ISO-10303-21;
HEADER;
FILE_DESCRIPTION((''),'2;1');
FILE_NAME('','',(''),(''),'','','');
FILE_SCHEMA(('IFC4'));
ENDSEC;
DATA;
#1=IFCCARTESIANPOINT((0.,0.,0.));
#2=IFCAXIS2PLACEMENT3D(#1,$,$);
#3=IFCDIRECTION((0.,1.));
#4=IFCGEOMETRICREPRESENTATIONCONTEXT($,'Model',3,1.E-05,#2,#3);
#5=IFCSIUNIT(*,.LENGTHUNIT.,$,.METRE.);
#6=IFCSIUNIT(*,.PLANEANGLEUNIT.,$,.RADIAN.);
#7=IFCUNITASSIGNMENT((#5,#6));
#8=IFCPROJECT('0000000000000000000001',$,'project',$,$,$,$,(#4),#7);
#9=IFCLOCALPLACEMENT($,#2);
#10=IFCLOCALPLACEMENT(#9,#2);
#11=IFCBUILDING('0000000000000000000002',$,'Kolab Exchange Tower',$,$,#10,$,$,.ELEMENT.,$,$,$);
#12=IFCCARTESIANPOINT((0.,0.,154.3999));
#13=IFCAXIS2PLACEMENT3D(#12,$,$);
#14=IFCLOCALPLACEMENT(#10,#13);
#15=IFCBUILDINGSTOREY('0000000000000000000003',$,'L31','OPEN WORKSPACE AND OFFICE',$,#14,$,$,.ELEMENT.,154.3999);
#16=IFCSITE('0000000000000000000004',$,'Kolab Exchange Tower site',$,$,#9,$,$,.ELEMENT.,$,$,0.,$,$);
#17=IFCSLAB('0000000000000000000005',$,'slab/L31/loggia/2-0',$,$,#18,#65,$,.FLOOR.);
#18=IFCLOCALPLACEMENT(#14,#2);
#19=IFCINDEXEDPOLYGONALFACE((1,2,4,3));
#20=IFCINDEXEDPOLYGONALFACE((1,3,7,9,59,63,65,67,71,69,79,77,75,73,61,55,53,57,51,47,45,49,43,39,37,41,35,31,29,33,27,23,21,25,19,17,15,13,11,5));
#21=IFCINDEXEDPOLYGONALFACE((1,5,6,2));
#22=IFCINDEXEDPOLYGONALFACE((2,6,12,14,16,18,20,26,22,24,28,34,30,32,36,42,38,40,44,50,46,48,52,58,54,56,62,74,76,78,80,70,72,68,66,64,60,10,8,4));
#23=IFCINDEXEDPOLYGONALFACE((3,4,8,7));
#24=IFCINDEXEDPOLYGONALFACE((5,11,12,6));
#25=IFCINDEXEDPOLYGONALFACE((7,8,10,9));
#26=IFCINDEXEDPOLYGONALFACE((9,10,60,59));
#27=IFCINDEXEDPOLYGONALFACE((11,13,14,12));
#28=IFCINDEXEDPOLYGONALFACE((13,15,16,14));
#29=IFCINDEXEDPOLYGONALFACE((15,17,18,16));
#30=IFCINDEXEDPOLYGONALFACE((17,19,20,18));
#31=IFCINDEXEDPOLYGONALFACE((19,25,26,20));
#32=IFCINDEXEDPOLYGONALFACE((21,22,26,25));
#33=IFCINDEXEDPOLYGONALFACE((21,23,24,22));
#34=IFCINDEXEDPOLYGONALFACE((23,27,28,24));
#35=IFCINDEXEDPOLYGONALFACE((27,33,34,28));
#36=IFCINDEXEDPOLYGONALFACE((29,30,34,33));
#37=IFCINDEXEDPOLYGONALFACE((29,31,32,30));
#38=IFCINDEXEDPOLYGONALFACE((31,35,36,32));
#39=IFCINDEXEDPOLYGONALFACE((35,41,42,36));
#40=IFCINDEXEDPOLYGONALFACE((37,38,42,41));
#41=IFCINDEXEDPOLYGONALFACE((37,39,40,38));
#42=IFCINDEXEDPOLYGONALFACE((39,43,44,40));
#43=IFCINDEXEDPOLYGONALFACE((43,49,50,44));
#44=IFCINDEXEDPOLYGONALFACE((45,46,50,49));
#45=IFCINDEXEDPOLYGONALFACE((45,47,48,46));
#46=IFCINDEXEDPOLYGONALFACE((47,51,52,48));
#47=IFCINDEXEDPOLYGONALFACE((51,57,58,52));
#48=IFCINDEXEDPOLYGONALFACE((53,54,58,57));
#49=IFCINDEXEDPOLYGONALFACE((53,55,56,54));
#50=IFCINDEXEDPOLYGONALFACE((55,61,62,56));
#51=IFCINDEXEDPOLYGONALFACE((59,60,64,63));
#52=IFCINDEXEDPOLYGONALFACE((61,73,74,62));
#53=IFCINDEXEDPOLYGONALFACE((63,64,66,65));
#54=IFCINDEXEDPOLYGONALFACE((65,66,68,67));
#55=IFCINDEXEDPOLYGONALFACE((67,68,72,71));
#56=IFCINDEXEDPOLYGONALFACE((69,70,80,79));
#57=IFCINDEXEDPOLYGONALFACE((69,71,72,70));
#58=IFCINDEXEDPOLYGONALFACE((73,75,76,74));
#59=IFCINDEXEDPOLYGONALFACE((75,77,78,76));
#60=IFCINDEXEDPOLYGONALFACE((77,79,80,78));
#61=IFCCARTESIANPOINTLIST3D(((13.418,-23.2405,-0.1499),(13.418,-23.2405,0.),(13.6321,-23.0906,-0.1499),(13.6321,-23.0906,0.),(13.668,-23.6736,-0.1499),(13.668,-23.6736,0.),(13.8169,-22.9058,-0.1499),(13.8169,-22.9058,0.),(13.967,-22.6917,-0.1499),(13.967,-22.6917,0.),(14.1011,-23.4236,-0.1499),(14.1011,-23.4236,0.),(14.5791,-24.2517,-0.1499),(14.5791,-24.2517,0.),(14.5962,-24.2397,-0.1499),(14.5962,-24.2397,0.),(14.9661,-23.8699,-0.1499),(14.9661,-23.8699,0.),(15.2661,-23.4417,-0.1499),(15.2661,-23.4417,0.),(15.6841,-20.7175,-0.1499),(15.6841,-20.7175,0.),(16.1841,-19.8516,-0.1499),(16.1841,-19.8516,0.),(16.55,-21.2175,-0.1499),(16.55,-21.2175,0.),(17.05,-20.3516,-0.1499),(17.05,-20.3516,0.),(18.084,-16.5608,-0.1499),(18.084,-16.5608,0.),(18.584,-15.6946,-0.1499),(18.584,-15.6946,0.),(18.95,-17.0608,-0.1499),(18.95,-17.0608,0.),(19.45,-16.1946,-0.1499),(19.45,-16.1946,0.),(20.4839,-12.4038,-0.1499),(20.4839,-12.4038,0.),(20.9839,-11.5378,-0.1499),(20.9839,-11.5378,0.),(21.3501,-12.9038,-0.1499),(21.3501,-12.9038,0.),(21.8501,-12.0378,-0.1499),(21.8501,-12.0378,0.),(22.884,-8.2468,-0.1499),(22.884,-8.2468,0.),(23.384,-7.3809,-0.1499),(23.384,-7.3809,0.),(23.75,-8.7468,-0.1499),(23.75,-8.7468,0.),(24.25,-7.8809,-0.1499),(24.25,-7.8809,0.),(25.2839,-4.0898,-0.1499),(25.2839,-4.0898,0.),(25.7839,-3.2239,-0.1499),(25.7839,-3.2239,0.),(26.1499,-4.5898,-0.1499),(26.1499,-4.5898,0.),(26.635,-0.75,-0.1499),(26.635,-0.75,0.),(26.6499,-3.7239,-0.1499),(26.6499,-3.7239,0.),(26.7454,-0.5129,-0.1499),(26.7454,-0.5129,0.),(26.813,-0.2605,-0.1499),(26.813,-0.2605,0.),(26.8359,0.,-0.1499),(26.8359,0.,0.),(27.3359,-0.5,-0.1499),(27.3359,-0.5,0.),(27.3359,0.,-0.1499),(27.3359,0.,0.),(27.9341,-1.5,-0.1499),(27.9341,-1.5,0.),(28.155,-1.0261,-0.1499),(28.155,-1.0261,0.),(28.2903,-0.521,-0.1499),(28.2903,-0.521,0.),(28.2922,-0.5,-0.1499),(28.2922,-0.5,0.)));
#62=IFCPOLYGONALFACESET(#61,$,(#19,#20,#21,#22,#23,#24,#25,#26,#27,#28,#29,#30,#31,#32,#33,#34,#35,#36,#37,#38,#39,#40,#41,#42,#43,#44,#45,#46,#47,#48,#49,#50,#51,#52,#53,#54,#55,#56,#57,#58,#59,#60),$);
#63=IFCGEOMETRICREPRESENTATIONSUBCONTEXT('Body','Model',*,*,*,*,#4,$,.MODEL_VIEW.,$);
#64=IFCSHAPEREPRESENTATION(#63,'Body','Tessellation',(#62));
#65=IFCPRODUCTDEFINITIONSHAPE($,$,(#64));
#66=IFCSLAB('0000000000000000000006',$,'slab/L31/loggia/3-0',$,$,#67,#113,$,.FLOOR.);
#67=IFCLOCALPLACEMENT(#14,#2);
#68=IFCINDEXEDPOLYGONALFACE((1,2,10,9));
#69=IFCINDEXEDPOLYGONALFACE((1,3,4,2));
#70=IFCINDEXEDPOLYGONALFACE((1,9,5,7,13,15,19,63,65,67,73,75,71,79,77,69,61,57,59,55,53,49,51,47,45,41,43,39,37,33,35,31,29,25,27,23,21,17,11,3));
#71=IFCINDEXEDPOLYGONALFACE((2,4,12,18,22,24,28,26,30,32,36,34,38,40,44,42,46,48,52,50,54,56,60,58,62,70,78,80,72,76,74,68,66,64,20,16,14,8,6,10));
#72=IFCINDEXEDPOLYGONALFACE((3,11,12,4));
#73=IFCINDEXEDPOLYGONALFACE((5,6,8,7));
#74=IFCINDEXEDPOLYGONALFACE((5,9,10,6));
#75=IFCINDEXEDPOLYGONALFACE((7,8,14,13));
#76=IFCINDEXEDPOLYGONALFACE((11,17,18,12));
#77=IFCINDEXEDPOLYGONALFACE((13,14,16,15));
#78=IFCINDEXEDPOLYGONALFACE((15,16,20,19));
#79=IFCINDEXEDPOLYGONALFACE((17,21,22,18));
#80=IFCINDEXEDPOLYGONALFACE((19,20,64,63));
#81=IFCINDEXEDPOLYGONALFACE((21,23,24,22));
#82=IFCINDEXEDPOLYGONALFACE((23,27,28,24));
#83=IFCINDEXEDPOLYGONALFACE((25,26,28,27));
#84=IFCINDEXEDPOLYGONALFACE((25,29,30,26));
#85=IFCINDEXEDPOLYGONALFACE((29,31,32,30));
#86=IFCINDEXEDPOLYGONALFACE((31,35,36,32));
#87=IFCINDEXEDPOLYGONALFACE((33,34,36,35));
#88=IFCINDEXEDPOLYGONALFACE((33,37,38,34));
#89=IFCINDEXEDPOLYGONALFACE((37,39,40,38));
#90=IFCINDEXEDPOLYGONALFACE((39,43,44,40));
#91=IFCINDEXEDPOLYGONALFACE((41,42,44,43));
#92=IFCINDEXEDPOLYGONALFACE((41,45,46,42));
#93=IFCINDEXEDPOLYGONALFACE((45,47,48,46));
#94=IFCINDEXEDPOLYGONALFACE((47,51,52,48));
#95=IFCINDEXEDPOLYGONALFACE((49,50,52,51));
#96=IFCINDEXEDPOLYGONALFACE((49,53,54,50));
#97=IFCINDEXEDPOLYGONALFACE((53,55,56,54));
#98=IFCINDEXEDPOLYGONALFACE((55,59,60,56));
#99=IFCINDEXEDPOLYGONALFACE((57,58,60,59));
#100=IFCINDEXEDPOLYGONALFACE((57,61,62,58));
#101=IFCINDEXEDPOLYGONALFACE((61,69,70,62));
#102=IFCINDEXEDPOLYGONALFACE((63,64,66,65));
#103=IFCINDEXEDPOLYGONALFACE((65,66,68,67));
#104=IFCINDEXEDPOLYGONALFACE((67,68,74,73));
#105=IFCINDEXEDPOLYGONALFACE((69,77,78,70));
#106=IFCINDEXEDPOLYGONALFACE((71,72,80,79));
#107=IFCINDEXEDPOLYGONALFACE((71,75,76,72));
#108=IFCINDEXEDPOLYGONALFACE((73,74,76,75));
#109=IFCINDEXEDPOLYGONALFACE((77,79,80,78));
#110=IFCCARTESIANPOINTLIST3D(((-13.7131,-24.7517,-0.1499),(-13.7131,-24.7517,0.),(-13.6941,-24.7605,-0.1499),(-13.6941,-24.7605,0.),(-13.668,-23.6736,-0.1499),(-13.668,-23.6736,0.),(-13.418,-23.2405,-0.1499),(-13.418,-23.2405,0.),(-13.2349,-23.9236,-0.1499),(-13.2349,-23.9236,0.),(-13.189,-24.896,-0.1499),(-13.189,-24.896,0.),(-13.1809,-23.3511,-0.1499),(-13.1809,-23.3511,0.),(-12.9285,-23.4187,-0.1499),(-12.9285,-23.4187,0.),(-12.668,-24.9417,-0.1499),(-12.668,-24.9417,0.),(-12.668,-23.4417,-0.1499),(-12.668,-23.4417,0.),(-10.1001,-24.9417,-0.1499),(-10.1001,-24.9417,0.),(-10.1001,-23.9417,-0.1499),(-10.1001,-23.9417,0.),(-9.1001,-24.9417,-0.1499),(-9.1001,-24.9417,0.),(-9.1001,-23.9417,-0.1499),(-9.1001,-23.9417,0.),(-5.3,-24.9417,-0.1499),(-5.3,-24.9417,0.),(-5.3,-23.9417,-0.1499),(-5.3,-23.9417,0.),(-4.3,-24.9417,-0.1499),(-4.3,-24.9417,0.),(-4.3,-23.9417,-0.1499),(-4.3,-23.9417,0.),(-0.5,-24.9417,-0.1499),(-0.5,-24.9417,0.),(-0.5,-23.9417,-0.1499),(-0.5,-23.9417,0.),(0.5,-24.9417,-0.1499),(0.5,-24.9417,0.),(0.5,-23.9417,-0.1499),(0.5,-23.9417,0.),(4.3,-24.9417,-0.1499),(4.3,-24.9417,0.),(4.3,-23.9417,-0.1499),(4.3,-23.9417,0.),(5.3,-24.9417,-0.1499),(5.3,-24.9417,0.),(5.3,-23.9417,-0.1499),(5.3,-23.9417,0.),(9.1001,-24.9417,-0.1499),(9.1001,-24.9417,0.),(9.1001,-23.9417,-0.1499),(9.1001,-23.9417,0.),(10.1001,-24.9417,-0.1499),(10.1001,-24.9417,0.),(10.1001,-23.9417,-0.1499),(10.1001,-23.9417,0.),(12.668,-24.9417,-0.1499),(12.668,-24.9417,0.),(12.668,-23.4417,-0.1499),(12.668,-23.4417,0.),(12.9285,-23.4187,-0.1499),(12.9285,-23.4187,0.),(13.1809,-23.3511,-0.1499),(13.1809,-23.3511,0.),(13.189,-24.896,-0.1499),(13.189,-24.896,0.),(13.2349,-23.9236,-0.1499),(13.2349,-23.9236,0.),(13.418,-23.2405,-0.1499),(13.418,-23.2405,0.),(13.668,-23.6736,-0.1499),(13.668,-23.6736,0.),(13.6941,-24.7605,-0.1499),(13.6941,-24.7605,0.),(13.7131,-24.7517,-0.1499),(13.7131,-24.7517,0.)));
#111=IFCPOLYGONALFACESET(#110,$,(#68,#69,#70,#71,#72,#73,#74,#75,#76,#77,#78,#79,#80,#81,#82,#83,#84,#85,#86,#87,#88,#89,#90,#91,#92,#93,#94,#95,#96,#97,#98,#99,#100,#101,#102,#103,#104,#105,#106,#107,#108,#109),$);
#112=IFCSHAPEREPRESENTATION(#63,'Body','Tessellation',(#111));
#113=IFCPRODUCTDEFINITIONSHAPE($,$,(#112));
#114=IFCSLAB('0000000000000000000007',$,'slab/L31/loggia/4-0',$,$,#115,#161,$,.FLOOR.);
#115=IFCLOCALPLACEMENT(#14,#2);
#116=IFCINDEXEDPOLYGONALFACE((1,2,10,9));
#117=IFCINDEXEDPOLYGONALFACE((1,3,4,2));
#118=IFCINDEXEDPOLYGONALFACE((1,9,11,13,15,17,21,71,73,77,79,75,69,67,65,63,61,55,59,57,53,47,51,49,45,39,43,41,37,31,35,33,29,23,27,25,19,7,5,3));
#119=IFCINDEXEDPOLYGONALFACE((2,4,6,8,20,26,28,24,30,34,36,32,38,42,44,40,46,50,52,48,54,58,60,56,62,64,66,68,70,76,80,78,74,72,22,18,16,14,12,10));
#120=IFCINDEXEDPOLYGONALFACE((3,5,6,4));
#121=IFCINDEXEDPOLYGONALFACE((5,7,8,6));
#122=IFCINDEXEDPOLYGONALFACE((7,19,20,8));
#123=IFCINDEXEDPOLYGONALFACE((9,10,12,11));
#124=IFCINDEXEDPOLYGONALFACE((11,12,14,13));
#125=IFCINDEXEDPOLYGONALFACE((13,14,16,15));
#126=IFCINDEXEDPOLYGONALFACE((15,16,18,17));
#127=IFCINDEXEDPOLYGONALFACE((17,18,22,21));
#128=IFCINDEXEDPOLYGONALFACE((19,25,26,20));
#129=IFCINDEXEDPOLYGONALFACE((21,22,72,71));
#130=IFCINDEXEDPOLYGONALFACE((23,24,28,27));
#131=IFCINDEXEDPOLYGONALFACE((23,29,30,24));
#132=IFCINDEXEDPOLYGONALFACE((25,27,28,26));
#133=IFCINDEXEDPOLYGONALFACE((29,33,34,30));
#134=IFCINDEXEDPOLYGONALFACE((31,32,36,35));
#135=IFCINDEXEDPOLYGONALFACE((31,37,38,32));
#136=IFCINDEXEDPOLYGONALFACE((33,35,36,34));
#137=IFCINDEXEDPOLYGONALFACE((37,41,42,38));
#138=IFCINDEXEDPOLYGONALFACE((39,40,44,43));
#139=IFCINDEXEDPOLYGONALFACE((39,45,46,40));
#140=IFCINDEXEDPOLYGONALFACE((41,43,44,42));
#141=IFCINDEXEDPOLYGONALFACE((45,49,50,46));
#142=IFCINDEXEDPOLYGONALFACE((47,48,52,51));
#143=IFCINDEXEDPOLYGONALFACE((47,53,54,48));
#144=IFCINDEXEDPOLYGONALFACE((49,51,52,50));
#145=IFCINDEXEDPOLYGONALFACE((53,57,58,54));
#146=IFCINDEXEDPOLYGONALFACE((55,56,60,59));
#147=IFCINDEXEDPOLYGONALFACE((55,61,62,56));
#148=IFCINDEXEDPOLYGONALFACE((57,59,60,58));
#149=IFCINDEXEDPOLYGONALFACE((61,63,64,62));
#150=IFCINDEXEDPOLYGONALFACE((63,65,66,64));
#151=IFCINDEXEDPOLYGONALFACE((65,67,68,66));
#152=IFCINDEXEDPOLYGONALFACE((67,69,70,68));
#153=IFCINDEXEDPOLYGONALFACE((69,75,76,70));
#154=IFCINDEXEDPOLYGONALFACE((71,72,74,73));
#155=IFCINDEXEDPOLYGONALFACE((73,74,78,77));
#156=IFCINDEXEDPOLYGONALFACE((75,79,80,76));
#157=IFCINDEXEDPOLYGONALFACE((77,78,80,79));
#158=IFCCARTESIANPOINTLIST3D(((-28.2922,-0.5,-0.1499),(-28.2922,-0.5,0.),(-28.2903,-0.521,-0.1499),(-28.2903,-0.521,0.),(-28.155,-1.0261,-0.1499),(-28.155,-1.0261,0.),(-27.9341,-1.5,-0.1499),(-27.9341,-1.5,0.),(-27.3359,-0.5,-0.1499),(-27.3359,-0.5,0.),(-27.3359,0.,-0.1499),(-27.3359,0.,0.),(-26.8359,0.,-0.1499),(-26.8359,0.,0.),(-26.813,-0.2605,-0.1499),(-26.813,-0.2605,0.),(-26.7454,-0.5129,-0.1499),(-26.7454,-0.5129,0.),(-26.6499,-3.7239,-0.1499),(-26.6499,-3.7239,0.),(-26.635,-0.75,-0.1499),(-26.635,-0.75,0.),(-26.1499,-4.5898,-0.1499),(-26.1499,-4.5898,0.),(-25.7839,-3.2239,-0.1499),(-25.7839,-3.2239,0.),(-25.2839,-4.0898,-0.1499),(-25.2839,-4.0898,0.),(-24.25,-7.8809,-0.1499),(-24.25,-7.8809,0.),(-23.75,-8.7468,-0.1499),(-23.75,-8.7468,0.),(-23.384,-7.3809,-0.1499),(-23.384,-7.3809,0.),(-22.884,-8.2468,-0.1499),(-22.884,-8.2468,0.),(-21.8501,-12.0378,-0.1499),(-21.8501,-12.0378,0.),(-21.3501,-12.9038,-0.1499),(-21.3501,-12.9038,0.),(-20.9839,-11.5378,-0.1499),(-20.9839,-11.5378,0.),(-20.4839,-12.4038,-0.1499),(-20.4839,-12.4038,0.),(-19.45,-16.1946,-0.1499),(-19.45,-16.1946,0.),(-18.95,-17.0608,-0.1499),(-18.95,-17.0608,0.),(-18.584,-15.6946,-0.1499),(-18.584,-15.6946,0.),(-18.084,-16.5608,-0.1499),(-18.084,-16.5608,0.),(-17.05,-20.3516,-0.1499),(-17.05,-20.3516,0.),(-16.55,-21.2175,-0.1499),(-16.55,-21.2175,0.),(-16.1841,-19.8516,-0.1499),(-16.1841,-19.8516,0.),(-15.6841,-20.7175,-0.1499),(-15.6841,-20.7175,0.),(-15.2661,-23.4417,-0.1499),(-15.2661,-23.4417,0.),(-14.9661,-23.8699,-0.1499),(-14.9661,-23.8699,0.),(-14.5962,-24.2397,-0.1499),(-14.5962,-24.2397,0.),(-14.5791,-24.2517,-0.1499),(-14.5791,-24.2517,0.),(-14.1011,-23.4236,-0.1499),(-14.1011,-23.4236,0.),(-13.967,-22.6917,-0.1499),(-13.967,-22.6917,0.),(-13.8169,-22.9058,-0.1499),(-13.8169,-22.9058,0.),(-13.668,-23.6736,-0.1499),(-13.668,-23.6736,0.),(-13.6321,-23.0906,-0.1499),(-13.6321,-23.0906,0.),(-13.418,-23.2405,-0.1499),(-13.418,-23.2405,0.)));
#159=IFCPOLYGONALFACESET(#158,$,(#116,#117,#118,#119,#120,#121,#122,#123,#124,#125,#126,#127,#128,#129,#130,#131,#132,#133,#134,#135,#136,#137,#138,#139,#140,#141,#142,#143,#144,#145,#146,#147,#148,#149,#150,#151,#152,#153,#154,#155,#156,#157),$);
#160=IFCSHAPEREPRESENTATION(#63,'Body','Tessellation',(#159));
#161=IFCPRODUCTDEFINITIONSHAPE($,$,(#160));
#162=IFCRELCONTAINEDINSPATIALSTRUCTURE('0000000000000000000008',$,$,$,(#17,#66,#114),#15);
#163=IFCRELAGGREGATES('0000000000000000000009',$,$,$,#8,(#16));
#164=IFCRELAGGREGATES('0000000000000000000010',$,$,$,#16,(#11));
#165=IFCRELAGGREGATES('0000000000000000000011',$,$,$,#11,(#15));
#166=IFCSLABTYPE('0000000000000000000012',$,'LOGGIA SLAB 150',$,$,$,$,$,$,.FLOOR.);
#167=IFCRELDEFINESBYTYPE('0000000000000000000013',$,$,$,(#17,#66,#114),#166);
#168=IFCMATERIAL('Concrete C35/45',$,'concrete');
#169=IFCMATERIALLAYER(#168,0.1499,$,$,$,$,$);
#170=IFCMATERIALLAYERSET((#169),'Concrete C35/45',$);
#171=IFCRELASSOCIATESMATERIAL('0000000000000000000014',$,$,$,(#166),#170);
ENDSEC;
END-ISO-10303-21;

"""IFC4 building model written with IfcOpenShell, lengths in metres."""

from ifc_helpers import new_model, si_unit, direction, frame, origin, place, context, subcontext, project, spatial, polyline, outline, extrude, material, layer, layer_set, type_object, element, save


model = new_model("IFC4")

# Units and contexts
model_context = context("Model", 3, precision=1e-05, world=origin(), true_north=direction((0.0, 1.0)))
body_context = subcontext(model_context, "Body", "Model", "MODEL_VIEW")
ifc_project = project(units=[si_unit("LENGTHUNIT", "METRE"), si_unit("PLANEANGLEUNIT", "RADIAN")], contexts=[model_context])

# Site, building, storey
site_placement = place(None, origin())
site = spatial("IfcSite", under=ifc_project, at=site_placement, Name="Kolab Exchange Tower site", CompositionType="ELEMENT", RefElevation=0.0)
building_placement = place(site_placement, origin())
building = spatial("IfcBuilding", under=site, at=building_placement, Name="Kolab Exchange Tower", CompositionType="ELEMENT")
storey_placement = place(building_placement, frame((0.0, 0.0, 154.3999)))
storey = spatial("IfcBuildingStorey", under=building, at=storey_placement, Name="L31", Description="OPEN WORKSPACE AND OFFICE", CompositionType="ELEMENT", Elevation=154.3999)

# Slabs
ifc_material_1 = material(Name="Concrete C35/45", Category="concrete")
ifc_layer_1 = layer(ifc_material_1, 0.1499)
ifc_layer_set_1 = layer_set([ifc_layer_1], Name="Concrete C35/45")
slab_type_1 = type_object("IfcSlabType", Name="LOGGIA SLAB 150", PredefinedType="FLOOR", material=ifc_layer_set_1)
slab_1_placement = place(storey_placement, frame((0.0, 0.0, -0.1499)))
element("IfcSlab", 1, at=slab_1_placement, inside=storey, type_object=slab_type_1, Name="slab/L31/loggia/2-0", PredefinedType="FLOOR", context=body_context, shape_type="SweptSolid", body=[
    extrude(outline(polyline([(15.2661, -23.4417), (16.55, -21.2175), (15.6841, -20.7175), (16.1841, -19.8516), (17.05, -20.3516), (18.95, -17.0608), (18.084, -16.5608), (18.584, -15.6946), (19.45, -16.1946), (21.3501, -12.9038), (20.4839, -12.4038), (20.9839, -11.5378), (21.8501, -12.0378), (23.75, -8.7468), (22.884, -8.2468), (23.384, -7.3809), (24.25, -7.8809), (26.1499, -4.5898), (25.2839, -4.0898), (25.7839, -3.2239), (26.6499, -3.7239), (27.9341, -1.5), (28.155, -1.0261), (28.2903, -0.521), (28.2922, -0.5), (27.3359, -0.5), (27.3359, 0.0), (26.8359, 0.0), (26.813, -0.2605), (26.7454, -0.5129), (26.635, -0.75), (13.967, -22.6917), (13.8169, -22.9058), (13.6321, -23.0906), (13.418, -23.2405), (13.668, -23.6736), (14.1011, -23.4236), (14.5791, -24.2517), (14.5962, -24.2397), (14.9661, -23.8699), (15.2661, -23.4417)])), origin(), (0.0, 0.0, 1.0), 0.1499),
])
slab_2_placement = place(storey_placement, frame((0.0, 0.0, -0.1499)))
element("IfcSlab", 2, at=slab_2_placement, inside=storey, type_object=slab_type_1, Name="slab/L31/loggia/3-0", PredefinedType="FLOOR", context=body_context, shape_type="SweptSolid", body=[
    extrude(outline(polyline([(-13.418, -23.2405), (-13.668, -23.6736), (-13.2349, -23.9236), (-13.7131, -24.7517), (-13.6941, -24.7605), (-13.189, -24.896), (-12.668, -24.9417), (-10.1001, -24.9417), (-10.1001, -23.9417), (-9.1001, -23.9417), (-9.1001, -24.9417), (-5.3, -24.9417), (-5.3, -23.9417), (-4.3, -23.9417), (-4.3, -24.9417), (-0.5, -24.9417), (-0.5, -23.9417), (0.5, -23.9417), (0.5, -24.9417), (4.3, -24.9417), (4.3, -23.9417), (5.3, -23.9417), (5.3, -24.9417), (9.1001, -24.9417), (9.1001, -23.9417), (10.1001, -23.9417), (10.1001, -24.9417), (12.668, -24.9417), (13.189, -24.896), (13.6941, -24.7605), (13.7131, -24.7517), (13.2349, -23.9236), (13.668, -23.6736), (13.418, -23.2405), (13.1809, -23.3511), (12.9285, -23.4187), (12.668, -23.4417), (-12.668, -23.4417), (-12.9285, -23.4187), (-13.1809, -23.3511), (-13.418, -23.2405)])), origin(), (0.0, 0.0, 1.0), 0.1499),
])
slab_3_placement = place(storey_placement, frame((0.0, 0.0, -0.1499)))
element("IfcSlab", 3, at=slab_3_placement, inside=storey, type_object=slab_type_1, Name="slab/L31/loggia/4-0", PredefinedType="FLOOR", context=body_context, shape_type="SweptSolid", body=[
    extrude(outline(polyline([(-26.8359, 0.0), (-27.3359, 0.0), (-27.3359, -0.5), (-28.2922, -0.5), (-28.2903, -0.521), (-28.155, -1.0261), (-27.9341, -1.5), (-26.6499, -3.7239), (-25.7839, -3.2239), (-25.2839, -4.0898), (-26.1499, -4.5898), (-24.25, -7.8809), (-23.384, -7.3809), (-22.884, -8.2468), (-23.75, -8.7468), (-21.8501, -12.0378), (-20.9839, -11.5378), (-20.4839, -12.4038), (-21.3501, -12.9038), (-19.45, -16.1946), (-18.584, -15.6946), (-18.084, -16.5608), (-18.95, -17.0608), (-17.05, -20.3516), (-16.1841, -19.8516), (-15.6841, -20.7175), (-16.55, -21.2175), (-15.2661, -23.4417), (-14.9661, -23.8699), (-14.5962, -24.2397), (-14.5791, -24.2517), (-14.1011, -23.4236), (-13.668, -23.6736), (-13.418, -23.2405), (-13.6321, -23.0906), (-13.8169, -22.9058), (-13.967, -22.6917), (-26.635, -0.75), (-26.7454, -0.5129), (-26.813, -0.2605), (-26.8359, 0.0)])), origin(), (0.0, 0.0, 1.0), 0.1499),
])

save(model, "model.ifc")
